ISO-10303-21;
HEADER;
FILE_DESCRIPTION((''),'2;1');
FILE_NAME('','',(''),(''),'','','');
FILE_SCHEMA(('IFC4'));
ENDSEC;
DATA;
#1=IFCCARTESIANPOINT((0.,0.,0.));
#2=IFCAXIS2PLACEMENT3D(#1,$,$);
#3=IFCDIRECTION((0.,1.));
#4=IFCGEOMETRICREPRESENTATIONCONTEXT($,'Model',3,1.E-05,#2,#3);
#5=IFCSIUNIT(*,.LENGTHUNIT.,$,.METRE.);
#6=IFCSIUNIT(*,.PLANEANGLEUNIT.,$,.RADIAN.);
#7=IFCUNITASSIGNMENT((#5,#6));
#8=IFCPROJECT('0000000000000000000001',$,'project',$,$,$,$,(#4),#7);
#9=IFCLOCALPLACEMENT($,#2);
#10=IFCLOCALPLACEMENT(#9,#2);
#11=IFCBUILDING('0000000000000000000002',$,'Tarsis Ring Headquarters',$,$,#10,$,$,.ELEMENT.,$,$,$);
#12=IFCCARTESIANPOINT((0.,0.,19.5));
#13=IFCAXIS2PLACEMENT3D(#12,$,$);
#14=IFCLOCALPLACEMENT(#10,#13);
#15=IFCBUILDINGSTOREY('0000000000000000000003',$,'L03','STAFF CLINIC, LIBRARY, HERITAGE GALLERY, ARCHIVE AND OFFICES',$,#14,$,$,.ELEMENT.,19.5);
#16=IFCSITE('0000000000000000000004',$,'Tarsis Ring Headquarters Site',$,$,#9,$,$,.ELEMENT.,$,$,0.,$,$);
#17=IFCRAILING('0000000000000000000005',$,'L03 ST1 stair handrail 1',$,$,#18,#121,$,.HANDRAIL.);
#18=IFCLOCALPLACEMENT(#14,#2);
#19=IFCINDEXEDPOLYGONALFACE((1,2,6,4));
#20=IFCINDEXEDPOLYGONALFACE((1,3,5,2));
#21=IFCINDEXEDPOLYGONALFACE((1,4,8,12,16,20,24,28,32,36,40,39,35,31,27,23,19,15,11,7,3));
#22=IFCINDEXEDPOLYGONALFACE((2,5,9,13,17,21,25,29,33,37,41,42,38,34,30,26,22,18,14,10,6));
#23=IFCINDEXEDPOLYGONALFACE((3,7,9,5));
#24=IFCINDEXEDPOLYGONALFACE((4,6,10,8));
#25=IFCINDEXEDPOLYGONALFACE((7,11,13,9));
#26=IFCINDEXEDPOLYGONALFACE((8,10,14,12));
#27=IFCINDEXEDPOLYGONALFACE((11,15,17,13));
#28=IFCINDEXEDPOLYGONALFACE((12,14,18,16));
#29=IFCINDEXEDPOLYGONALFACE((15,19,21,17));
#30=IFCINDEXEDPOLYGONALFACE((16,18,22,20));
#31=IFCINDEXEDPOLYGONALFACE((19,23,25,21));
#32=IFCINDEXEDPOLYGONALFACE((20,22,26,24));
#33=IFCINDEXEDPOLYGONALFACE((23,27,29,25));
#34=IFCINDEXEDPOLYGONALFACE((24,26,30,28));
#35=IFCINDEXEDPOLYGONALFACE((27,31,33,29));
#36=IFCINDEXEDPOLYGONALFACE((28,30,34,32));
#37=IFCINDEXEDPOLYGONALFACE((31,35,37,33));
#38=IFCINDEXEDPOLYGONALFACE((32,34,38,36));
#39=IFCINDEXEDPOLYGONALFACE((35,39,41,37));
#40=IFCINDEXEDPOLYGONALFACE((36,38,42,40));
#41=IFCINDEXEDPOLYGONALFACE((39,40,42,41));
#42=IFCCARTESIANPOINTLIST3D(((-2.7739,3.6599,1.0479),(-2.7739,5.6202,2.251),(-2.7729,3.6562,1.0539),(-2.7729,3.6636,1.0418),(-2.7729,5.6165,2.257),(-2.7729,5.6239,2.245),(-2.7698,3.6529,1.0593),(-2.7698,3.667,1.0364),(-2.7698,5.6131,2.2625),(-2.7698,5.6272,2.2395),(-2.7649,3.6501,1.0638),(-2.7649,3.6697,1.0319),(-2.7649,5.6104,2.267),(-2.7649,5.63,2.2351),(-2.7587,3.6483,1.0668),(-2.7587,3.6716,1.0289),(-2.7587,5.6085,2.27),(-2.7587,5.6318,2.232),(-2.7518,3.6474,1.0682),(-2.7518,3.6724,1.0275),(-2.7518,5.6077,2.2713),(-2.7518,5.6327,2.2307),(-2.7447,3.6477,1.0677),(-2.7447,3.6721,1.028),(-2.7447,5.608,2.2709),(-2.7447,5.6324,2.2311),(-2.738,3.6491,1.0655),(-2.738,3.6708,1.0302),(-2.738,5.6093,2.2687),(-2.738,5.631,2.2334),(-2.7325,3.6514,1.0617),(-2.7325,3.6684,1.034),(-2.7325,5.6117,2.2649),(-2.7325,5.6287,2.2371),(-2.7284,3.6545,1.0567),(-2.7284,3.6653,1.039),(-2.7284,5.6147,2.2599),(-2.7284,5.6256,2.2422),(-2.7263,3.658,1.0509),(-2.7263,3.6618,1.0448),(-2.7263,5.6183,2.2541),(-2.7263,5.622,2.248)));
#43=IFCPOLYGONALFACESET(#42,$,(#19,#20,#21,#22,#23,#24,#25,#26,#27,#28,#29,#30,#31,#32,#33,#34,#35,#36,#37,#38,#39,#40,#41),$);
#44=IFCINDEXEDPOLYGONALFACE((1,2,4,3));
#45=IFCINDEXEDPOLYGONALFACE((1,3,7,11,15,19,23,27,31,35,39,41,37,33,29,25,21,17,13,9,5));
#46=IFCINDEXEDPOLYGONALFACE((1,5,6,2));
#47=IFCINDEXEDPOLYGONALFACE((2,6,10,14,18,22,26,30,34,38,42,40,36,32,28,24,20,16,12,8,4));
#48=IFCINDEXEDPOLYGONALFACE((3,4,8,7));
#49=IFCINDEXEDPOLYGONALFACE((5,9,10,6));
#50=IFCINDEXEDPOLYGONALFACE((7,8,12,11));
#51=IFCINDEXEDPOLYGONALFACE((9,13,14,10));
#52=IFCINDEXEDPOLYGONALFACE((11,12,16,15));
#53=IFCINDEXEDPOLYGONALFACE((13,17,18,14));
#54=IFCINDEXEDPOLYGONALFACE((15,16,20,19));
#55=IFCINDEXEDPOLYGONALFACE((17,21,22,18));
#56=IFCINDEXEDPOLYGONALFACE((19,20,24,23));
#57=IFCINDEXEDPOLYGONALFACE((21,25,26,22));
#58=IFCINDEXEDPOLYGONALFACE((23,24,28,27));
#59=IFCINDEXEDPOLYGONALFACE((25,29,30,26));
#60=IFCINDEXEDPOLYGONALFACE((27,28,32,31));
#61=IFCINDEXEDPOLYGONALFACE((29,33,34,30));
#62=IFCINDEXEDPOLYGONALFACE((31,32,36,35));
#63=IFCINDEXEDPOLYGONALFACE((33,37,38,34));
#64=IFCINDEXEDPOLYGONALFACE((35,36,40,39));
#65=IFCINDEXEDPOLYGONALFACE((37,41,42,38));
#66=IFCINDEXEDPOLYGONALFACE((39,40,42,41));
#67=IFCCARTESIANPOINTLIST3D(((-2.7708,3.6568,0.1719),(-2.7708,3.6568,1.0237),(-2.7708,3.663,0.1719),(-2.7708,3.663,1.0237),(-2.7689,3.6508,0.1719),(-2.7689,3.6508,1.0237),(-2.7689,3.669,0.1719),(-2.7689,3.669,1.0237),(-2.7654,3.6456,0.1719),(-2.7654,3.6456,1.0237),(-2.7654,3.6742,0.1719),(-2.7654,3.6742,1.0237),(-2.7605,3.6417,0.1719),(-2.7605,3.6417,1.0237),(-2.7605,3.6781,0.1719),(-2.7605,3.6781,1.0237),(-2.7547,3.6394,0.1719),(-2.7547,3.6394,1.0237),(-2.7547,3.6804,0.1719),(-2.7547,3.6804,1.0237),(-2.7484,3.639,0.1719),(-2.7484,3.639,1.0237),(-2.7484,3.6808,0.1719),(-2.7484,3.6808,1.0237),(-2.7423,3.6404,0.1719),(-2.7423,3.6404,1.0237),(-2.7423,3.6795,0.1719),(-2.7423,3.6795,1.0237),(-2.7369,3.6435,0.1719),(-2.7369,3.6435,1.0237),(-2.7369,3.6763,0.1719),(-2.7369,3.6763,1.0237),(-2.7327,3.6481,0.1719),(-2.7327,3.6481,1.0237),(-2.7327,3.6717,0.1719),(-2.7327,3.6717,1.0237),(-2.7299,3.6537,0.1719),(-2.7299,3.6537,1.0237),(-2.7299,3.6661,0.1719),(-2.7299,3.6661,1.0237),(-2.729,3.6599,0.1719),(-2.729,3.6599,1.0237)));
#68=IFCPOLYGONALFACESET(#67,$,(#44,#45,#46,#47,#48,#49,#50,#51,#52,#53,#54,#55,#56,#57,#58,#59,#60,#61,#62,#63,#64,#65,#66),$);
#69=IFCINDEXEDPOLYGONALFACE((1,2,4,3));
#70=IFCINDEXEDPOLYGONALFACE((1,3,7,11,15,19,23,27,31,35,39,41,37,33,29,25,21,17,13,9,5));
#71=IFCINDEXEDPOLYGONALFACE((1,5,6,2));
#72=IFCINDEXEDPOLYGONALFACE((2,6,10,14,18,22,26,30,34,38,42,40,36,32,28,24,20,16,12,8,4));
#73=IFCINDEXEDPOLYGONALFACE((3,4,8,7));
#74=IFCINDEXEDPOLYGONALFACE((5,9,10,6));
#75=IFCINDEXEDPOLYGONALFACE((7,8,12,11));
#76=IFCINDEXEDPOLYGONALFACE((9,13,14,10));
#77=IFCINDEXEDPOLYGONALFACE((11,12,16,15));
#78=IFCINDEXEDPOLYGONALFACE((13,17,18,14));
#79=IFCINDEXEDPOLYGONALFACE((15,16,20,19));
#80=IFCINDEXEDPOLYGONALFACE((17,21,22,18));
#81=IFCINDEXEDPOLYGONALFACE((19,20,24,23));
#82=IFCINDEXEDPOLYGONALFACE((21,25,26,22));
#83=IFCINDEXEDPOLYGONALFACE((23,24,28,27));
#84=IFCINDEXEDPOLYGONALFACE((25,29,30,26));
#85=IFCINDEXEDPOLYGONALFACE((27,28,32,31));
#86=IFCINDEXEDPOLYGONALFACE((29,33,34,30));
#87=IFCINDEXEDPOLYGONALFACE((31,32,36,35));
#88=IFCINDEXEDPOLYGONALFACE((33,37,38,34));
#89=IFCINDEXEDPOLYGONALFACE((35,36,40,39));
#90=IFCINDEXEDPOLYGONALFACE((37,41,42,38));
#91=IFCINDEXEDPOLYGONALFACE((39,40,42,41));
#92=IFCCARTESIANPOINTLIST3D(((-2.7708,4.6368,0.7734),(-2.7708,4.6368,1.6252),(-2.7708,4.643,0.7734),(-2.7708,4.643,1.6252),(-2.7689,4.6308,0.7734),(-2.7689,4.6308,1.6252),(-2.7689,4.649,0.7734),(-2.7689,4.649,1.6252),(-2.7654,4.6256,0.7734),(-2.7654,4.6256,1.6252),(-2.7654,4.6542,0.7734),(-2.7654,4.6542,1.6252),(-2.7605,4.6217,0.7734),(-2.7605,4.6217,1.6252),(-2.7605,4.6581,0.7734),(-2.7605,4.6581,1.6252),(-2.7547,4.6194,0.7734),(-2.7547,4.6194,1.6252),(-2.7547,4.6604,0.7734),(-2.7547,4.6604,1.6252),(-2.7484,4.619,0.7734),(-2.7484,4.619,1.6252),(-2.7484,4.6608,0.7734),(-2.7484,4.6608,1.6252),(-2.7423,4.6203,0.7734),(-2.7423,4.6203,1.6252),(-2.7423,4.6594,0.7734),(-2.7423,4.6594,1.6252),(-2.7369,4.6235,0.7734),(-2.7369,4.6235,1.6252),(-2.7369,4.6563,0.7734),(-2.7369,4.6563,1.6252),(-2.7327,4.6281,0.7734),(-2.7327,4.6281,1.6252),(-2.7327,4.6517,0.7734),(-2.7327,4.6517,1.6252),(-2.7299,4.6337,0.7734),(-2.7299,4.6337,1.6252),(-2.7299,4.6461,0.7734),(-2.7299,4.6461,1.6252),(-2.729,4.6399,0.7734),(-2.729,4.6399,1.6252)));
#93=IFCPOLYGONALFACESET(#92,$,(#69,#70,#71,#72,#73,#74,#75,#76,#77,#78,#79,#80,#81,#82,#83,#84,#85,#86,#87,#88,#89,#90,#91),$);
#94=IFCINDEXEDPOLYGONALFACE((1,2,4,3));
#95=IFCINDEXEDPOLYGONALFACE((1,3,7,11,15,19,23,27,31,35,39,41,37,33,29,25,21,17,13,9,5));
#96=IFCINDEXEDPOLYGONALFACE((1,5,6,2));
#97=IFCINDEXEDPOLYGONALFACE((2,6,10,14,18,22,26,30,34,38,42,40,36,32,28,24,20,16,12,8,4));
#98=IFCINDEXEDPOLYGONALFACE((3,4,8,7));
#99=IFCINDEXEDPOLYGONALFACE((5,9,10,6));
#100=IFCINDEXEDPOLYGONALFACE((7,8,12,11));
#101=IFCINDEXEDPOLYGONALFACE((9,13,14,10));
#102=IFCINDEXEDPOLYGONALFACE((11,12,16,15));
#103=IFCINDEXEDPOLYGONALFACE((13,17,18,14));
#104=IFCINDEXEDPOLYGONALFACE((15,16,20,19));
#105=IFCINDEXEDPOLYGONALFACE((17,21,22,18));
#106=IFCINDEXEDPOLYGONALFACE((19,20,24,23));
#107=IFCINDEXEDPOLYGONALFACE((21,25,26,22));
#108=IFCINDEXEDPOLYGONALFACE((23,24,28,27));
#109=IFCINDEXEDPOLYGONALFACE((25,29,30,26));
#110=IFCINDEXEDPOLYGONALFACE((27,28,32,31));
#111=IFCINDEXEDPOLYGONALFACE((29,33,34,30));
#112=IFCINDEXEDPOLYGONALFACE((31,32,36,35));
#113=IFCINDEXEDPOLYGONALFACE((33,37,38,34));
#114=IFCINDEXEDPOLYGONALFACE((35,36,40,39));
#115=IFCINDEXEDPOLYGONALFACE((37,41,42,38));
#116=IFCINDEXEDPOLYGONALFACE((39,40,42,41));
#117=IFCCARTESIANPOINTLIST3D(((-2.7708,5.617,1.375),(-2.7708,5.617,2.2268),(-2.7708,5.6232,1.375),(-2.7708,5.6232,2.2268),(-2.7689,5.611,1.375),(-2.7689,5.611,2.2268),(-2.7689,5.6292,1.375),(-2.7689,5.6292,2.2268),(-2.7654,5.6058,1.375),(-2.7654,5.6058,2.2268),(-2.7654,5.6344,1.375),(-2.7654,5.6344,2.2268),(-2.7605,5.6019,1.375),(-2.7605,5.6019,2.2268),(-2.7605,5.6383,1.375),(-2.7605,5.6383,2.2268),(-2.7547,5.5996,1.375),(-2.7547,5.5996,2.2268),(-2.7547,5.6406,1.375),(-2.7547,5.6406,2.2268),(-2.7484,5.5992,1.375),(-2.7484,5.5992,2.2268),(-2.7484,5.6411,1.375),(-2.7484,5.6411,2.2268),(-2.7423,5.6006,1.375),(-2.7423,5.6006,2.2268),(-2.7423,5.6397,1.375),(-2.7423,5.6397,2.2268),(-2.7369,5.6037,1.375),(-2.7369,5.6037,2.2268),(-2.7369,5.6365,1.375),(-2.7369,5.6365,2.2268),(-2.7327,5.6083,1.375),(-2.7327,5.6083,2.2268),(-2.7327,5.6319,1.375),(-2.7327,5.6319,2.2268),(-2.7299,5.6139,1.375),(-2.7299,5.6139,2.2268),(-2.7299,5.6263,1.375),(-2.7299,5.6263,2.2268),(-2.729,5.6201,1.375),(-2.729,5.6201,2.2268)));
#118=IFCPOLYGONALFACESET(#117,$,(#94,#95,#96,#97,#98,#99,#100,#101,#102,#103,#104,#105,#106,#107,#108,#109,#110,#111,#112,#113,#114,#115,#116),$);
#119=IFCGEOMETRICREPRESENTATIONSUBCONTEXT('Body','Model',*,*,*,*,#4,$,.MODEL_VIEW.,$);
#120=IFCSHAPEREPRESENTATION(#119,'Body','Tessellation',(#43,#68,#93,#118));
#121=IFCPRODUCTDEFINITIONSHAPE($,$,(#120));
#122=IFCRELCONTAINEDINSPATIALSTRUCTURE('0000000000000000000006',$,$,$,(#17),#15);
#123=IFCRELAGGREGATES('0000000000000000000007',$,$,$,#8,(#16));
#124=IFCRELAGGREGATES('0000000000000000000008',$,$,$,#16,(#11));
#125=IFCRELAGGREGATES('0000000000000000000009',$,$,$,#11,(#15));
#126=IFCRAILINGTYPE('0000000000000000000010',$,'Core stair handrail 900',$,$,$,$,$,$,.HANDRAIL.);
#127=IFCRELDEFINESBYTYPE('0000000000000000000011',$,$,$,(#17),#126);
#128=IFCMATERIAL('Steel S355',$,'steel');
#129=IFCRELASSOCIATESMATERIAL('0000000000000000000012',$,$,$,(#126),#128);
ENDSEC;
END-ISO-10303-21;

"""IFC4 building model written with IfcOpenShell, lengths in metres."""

from ifc_helpers import new_model, si_unit, direction, frame, origin, origin_2d, place, context, subcontext, project, spatial, circle, extrude, material, type_object, element, save


model = new_model("IFC4")

# Units and contexts
model_context = context("Model", 3, precision=1e-05, world=origin(), true_north=direction((0.0, 1.0)))
body_context = subcontext(model_context, "Body", "Model", "MODEL_VIEW")
ifc_project = project(units=[si_unit("LENGTHUNIT", "METRE"), si_unit("PLANEANGLEUNIT", "RADIAN")], contexts=[model_context])

# Site, building, storey
site_placement = place(None, origin())
site = spatial("IfcSite", under=ifc_project, at=site_placement, Name="Tarsis Ring Headquarters Site", CompositionType="ELEMENT", RefElevation=0.0)
building_placement = place(site_placement, origin())
building = spatial("IfcBuilding", under=site, at=building_placement, Name="Tarsis Ring Headquarters", CompositionType="ELEMENT")
storey_placement = place(building_placement, frame((0.0, 0.0, 19.5)))
storey = spatial("IfcBuildingStorey", under=building, at=storey_placement, Name="L03", Description="STAFF CLINIC, LIBRARY, HERITAGE GALLERY, ARCHIVE AND OFFICES", CompositionType="ELEMENT", Elevation=19.5)

# Shared definitions
ifc_material_1 = material(Name="Steel S355", Category="steel")

# Railing
railing_type_1 = type_object("IfcRailingType", Name="Core stair handrail 900", PredefinedType="HANDRAIL", material=ifc_material_1)
railing_1_placement = place(storey_placement, frame((-2.75, 3.6599, 0.1719)))
element("IfcRailing", 1, at=railing_1_placement, inside=storey, type_object=railing_type_1, Name="L03 ST1 stair handrail 1", PredefinedType="HANDRAIL", context=body_context, shape_type="SweptSolid", body=[
    extrude(circle(Radius=0.0239, at=origin_2d()), frame((0.0, 0.0, 0.876), z_axis=(0.0, 0.85227, 0.523102), x_axis=(-1.0, 0.0, 0.0)), (0.0, 0.0, 1.0), 2.3),
    extrude(circle(Radius=0.021, at=origin_2d()), origin(), (0.0, 0.0, 1.0), 0.8518),
    extrude(circle(Radius=0.021, at=origin_2d()), frame((0.0, 0.98, 0.6016)), (0.0, 0.0, 1.0), 0.8518),
    extrude(circle(Radius=0.021, at=origin_2d()), frame((0.0, 1.9602, 1.2031)), (0.0, 0.0, 1.0), 0.8518),
])

save(model, "model.ifc")
